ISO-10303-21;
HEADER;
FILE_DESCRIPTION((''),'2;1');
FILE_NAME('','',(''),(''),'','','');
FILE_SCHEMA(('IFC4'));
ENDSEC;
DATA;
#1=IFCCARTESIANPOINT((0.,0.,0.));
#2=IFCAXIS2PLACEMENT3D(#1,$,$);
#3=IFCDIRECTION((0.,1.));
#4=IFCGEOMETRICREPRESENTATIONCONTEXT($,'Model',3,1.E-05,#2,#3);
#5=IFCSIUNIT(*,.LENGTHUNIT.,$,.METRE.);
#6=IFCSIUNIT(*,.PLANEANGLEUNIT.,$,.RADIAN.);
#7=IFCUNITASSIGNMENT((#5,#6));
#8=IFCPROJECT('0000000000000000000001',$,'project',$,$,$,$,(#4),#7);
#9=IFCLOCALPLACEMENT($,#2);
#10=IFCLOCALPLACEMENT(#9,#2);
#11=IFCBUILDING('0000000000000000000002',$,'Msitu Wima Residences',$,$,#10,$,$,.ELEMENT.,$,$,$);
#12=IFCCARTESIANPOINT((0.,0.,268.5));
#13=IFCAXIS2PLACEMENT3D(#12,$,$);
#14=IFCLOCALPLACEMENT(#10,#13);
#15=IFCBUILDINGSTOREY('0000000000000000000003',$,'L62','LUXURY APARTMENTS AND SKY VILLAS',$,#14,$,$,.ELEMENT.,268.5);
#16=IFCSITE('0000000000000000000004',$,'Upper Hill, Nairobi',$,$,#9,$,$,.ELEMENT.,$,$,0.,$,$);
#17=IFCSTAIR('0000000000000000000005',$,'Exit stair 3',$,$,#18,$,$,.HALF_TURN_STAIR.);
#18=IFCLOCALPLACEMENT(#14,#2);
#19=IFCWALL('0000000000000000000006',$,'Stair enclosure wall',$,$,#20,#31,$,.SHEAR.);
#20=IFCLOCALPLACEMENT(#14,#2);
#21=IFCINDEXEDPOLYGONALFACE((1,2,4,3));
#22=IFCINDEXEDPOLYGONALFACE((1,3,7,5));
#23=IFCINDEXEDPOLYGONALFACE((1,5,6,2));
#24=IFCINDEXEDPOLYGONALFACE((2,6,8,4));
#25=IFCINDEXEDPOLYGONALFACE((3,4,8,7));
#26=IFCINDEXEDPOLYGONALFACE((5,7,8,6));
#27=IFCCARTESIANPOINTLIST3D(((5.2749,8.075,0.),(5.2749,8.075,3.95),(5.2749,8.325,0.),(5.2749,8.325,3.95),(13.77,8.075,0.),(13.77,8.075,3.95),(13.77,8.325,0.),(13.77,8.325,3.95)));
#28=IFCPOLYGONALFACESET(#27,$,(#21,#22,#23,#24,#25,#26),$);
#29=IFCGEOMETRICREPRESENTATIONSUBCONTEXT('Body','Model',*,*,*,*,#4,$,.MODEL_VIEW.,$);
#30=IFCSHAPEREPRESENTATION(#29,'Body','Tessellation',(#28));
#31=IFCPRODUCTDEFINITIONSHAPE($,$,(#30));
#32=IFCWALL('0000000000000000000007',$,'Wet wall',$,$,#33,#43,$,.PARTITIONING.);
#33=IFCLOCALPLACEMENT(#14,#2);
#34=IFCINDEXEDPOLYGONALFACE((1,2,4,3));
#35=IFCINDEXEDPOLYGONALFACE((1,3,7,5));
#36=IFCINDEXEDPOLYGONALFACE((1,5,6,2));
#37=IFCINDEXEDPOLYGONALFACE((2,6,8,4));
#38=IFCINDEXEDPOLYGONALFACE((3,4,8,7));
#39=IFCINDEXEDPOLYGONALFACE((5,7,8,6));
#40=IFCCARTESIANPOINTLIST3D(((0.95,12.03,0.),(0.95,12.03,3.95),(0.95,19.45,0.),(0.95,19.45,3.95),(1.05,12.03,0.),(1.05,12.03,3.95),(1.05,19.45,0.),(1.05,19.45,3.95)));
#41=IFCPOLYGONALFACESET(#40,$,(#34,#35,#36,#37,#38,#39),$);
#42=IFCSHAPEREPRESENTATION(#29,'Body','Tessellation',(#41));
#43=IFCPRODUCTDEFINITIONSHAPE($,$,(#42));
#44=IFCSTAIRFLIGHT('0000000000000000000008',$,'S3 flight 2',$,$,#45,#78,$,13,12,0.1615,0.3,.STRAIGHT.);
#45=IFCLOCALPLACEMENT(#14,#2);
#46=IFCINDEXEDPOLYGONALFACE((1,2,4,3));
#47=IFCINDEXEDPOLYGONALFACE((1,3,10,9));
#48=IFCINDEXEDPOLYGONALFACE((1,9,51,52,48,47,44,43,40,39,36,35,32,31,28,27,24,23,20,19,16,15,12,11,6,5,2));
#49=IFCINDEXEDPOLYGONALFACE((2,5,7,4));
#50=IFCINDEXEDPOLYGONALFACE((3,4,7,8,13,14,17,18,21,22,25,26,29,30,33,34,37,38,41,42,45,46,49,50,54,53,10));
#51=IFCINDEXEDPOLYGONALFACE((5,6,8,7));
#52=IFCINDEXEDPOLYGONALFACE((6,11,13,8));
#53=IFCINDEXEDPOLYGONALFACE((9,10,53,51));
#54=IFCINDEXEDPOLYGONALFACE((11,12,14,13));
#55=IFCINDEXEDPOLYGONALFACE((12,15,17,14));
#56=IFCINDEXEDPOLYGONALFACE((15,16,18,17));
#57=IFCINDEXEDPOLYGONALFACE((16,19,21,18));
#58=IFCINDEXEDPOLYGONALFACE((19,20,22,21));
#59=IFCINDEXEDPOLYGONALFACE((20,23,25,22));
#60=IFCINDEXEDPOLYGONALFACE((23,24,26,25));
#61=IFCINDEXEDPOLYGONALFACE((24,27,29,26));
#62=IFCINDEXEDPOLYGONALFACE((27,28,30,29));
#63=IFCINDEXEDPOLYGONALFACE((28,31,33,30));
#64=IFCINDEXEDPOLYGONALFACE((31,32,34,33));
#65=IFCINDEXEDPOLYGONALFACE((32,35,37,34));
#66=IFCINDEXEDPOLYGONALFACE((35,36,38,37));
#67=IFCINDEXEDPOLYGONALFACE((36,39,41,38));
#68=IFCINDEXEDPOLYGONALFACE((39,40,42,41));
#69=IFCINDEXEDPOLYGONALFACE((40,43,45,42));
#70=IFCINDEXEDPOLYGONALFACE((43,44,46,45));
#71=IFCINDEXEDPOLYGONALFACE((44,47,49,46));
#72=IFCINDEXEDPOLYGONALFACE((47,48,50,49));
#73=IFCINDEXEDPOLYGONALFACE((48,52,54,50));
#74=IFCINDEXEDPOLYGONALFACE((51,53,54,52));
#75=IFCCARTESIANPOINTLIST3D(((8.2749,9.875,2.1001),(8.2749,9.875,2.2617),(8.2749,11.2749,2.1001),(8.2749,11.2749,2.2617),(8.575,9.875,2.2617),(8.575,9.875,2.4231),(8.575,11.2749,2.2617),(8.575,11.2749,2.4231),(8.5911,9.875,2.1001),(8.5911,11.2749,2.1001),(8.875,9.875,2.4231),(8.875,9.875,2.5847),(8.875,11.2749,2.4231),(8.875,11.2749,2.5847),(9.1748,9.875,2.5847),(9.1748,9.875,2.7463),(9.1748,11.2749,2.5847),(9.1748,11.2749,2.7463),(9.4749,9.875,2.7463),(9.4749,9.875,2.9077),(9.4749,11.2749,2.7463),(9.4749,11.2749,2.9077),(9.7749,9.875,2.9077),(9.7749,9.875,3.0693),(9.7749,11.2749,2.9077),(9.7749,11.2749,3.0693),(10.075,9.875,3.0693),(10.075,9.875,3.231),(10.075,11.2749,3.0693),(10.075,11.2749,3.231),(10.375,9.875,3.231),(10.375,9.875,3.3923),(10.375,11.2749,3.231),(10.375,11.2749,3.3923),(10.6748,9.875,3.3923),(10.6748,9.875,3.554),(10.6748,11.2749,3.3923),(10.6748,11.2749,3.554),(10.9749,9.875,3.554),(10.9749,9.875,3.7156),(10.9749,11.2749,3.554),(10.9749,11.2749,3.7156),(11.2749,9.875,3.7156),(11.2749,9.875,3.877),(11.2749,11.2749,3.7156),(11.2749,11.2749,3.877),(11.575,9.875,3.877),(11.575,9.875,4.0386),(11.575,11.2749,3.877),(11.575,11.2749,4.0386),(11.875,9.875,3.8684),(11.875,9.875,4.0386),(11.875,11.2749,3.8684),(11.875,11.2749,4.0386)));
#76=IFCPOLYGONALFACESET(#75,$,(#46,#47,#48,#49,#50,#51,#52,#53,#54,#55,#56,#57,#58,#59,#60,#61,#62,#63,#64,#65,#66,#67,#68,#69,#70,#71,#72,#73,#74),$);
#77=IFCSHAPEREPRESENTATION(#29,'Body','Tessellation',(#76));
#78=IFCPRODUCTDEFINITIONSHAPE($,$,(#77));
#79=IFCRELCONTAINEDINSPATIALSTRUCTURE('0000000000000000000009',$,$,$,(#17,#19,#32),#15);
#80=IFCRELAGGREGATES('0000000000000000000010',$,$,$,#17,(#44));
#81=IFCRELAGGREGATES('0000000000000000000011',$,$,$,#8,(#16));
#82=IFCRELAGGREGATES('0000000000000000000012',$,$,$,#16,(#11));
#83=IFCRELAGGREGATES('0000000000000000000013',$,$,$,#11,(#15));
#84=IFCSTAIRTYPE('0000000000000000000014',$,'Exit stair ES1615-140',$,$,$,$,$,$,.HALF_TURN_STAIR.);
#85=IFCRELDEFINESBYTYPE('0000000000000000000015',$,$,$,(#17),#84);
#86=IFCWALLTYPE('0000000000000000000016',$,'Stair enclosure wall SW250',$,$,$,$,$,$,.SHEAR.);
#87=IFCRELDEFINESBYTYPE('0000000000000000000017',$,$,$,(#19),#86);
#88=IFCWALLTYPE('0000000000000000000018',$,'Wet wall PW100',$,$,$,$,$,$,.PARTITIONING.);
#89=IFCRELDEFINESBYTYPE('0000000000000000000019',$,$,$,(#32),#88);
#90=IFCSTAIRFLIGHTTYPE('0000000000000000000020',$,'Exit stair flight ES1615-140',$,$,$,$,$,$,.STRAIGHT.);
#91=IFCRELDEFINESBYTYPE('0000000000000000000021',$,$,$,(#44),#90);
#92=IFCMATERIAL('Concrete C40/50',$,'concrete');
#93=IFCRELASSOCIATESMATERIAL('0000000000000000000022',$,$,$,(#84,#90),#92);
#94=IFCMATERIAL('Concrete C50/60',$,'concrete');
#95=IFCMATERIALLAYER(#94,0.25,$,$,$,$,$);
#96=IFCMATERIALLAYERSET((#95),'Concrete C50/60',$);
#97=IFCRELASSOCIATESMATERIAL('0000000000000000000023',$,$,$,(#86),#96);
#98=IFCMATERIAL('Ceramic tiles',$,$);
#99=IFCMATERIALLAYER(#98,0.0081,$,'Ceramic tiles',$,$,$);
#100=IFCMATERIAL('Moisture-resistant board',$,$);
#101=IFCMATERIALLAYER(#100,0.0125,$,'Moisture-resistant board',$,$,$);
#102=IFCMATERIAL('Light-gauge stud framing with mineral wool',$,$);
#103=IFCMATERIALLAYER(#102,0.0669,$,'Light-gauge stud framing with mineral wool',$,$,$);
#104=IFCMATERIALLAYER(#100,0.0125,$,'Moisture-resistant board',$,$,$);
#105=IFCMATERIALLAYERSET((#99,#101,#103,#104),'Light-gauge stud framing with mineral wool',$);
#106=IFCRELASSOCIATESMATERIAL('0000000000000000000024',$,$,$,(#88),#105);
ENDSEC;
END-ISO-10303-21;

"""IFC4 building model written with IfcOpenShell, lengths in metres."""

from ifc_helpers import new_model, si_unit, direction, frame, frame_2d, origin, place, context, subcontext, project, spatial, polyline, rectangle, outline, extrude, material, layer, layer_set, type_object, element, aggregate, save


model = new_model("IFC4")

# Units and contexts
model_context = context("Model", 3, precision=1e-05, world=origin(), true_north=direction((0.0, 1.0)))
body_context = subcontext(model_context, "Body", "Model", "MODEL_VIEW")
ifc_project = project(units=[si_unit("LENGTHUNIT", "METRE"), si_unit("PLANEANGLEUNIT", "RADIAN")], contexts=[model_context])

# Site, building, storey
site_placement = place(None, origin())
site = spatial("IfcSite", under=ifc_project, at=site_placement, Name="Upper Hill, Nairobi", CompositionType="ELEMENT", RefElevation=0.0)
building_placement = place(site_placement, origin())
building = spatial("IfcBuilding", under=site, at=building_placement, Name="Msitu Wima Residences", CompositionType="ELEMENT")
storey_placement = place(building_placement, frame((0.0, 0.0, 268.5)))
storey = spatial("IfcBuildingStorey", under=building, at=storey_placement, Name="L62", Description="LUXURY APARTMENTS AND SKY VILLAS", CompositionType="ELEMENT", Elevation=268.5)

# Shared definitions
ifc_material_1 = material(Name="Concrete C40/50", Category="concrete")

# Stair
stair_type = type_object("IfcStairType", Name="Exit stair ES1615-140", PredefinedType="HALF_TURN_STAIR", material=ifc_material_1)
stair_1_placement = place(storey_placement, origin())
stair_1 = element("IfcStair", 1, at=stair_1_placement, inside=storey, type_object=stair_type, Name="Exit stair 3", PredefinedType="HALF_TURN_STAIR")

# Walls
ifc_material_2 = material(Name="Light-gauge stud framing with mineral wool")
ifc_material_3 = material(Name="Concrete C50/60", Category="concrete")
ifc_layer_1 = layer(ifc_material_3, 0.25)
ifc_layer_set_1 = layer_set([ifc_layer_1], Name="Concrete C50/60")
wall_type_1 = type_object("IfcWallType", Name="Stair enclosure wall SW250", PredefinedType="SHEAR", material=ifc_layer_set_1)
wall_1_placement = place(storey_placement, frame((5.2749, 8.2, 0.0), z_axis=(0.0, 0.0, 1.0), x_axis=(1.0, 0.0, 0.0)))
element("IfcWall", 2, at=wall_1_placement, inside=storey, type_object=wall_type_1, Name="Stair enclosure wall", PredefinedType="SHEAR", context=body_context, shape_type="SweptSolid", body=[
    extrude(rectangle(XDim=8.4951, YDim=0.25, at=frame_2d((4.2476, 0.0))), origin(), (0.0, 0.0, 1.0), 3.95),
])
ifc_material_4 = material(Name="Ceramic tiles")
ifc_layer_2 = layer(ifc_material_4, 0.0081, Name="Ceramic tiles")
ifc_material_5 = material(Name="Moisture-resistant board")
ifc_layer_3 = layer(ifc_material_5, 0.0125, Name="Moisture-resistant board")
ifc_layer_4 = layer(ifc_material_2, 0.0669, Name="Light-gauge stud framing with mineral wool")
ifc_layer_5 = layer(ifc_material_5, 0.0125, Name="Moisture-resistant board")
ifc_layer_set_2 = layer_set([ifc_layer_2, ifc_layer_3, ifc_layer_4, ifc_layer_5], Name="Light-gauge stud framing with mineral wool")
wall_type_2 = type_object("IfcWallType", Name="Wet wall PW100", PredefinedType="PARTITIONING", material=ifc_layer_set_2)
wall_2_placement = place(storey_placement, frame((1.0, 12.03, 0.0), z_axis=(0.0, 0.0, 1.0), x_axis=(0.0, 1.0, 0.0)))
element("IfcWall", 3, at=wall_2_placement, inside=storey, type_object=wall_type_2, Name="Wet wall", PredefinedType="PARTITIONING", context=body_context, shape_type="SweptSolid", body=[
    extrude(rectangle(XDim=7.4199, YDim=0.1001, at=frame_2d((3.71, 0.0))), origin(), (0.0, 0.0, 1.0), 3.95),
])

# Stair flight
stair_flight_type = type_object("IfcStairFlightType", Name="Exit stair flight ES1615-140", PredefinedType="STRAIGHT", material=ifc_material_1)
stair_flight_placement = place(storey_placement, frame((8.2749, 10.575, 2.1001), z_axis=(0.0, 0.0, 1.0), x_axis=(1.0, 0.0, 0.0)))
stair_flight = element("IfcStairFlight", 4, at=stair_flight_placement, type_object=stair_flight_type, Name="S3 flight 2", NumberOfRisers=13, NumberOfTreads=12, PredefinedType="STRAIGHT", RiserHeight=0.1615, TreadLength=0.3, context=body_context, shape_type="SweptSolid", body=[
    extrude(outline(polyline([(0.0, 0.0), (0.0, 0.1616), (0.3, 0.1616), (0.3, 0.323), (0.6001, 0.323), (0.6001, 0.4846), (0.8999, 0.4846), (0.8999, 0.6462), (1.2, 0.6462), (1.2, 0.8076), (1.5, 0.8076), (1.5, 0.9692), (1.8, 0.9692), (1.8, 1.1309), (2.1001, 1.1309), (2.1001, 1.2922), (2.3999, 1.2922), (2.3999, 1.4539), (2.7, 1.4539), (2.7, 1.6155), (3.0, 1.6155), (3.0, 1.7769), (3.3, 1.7769), (3.3, 1.9385), (3.6001, 1.9385), (3.6001, 2.1001), (3.6001, 1.7683), (0.3162, 0.0), (0.0, 0.0)])), frame((0.0, 0.7, 0.0), z_axis=(0.0, -1.0, 0.0), x_axis=(1.0, 0.0, 0.0)), (0.0, 0.0, 1.0), 1.3999),
])
aggregate(stair_1, [stair_flight])

save(model, "model.ifc")
